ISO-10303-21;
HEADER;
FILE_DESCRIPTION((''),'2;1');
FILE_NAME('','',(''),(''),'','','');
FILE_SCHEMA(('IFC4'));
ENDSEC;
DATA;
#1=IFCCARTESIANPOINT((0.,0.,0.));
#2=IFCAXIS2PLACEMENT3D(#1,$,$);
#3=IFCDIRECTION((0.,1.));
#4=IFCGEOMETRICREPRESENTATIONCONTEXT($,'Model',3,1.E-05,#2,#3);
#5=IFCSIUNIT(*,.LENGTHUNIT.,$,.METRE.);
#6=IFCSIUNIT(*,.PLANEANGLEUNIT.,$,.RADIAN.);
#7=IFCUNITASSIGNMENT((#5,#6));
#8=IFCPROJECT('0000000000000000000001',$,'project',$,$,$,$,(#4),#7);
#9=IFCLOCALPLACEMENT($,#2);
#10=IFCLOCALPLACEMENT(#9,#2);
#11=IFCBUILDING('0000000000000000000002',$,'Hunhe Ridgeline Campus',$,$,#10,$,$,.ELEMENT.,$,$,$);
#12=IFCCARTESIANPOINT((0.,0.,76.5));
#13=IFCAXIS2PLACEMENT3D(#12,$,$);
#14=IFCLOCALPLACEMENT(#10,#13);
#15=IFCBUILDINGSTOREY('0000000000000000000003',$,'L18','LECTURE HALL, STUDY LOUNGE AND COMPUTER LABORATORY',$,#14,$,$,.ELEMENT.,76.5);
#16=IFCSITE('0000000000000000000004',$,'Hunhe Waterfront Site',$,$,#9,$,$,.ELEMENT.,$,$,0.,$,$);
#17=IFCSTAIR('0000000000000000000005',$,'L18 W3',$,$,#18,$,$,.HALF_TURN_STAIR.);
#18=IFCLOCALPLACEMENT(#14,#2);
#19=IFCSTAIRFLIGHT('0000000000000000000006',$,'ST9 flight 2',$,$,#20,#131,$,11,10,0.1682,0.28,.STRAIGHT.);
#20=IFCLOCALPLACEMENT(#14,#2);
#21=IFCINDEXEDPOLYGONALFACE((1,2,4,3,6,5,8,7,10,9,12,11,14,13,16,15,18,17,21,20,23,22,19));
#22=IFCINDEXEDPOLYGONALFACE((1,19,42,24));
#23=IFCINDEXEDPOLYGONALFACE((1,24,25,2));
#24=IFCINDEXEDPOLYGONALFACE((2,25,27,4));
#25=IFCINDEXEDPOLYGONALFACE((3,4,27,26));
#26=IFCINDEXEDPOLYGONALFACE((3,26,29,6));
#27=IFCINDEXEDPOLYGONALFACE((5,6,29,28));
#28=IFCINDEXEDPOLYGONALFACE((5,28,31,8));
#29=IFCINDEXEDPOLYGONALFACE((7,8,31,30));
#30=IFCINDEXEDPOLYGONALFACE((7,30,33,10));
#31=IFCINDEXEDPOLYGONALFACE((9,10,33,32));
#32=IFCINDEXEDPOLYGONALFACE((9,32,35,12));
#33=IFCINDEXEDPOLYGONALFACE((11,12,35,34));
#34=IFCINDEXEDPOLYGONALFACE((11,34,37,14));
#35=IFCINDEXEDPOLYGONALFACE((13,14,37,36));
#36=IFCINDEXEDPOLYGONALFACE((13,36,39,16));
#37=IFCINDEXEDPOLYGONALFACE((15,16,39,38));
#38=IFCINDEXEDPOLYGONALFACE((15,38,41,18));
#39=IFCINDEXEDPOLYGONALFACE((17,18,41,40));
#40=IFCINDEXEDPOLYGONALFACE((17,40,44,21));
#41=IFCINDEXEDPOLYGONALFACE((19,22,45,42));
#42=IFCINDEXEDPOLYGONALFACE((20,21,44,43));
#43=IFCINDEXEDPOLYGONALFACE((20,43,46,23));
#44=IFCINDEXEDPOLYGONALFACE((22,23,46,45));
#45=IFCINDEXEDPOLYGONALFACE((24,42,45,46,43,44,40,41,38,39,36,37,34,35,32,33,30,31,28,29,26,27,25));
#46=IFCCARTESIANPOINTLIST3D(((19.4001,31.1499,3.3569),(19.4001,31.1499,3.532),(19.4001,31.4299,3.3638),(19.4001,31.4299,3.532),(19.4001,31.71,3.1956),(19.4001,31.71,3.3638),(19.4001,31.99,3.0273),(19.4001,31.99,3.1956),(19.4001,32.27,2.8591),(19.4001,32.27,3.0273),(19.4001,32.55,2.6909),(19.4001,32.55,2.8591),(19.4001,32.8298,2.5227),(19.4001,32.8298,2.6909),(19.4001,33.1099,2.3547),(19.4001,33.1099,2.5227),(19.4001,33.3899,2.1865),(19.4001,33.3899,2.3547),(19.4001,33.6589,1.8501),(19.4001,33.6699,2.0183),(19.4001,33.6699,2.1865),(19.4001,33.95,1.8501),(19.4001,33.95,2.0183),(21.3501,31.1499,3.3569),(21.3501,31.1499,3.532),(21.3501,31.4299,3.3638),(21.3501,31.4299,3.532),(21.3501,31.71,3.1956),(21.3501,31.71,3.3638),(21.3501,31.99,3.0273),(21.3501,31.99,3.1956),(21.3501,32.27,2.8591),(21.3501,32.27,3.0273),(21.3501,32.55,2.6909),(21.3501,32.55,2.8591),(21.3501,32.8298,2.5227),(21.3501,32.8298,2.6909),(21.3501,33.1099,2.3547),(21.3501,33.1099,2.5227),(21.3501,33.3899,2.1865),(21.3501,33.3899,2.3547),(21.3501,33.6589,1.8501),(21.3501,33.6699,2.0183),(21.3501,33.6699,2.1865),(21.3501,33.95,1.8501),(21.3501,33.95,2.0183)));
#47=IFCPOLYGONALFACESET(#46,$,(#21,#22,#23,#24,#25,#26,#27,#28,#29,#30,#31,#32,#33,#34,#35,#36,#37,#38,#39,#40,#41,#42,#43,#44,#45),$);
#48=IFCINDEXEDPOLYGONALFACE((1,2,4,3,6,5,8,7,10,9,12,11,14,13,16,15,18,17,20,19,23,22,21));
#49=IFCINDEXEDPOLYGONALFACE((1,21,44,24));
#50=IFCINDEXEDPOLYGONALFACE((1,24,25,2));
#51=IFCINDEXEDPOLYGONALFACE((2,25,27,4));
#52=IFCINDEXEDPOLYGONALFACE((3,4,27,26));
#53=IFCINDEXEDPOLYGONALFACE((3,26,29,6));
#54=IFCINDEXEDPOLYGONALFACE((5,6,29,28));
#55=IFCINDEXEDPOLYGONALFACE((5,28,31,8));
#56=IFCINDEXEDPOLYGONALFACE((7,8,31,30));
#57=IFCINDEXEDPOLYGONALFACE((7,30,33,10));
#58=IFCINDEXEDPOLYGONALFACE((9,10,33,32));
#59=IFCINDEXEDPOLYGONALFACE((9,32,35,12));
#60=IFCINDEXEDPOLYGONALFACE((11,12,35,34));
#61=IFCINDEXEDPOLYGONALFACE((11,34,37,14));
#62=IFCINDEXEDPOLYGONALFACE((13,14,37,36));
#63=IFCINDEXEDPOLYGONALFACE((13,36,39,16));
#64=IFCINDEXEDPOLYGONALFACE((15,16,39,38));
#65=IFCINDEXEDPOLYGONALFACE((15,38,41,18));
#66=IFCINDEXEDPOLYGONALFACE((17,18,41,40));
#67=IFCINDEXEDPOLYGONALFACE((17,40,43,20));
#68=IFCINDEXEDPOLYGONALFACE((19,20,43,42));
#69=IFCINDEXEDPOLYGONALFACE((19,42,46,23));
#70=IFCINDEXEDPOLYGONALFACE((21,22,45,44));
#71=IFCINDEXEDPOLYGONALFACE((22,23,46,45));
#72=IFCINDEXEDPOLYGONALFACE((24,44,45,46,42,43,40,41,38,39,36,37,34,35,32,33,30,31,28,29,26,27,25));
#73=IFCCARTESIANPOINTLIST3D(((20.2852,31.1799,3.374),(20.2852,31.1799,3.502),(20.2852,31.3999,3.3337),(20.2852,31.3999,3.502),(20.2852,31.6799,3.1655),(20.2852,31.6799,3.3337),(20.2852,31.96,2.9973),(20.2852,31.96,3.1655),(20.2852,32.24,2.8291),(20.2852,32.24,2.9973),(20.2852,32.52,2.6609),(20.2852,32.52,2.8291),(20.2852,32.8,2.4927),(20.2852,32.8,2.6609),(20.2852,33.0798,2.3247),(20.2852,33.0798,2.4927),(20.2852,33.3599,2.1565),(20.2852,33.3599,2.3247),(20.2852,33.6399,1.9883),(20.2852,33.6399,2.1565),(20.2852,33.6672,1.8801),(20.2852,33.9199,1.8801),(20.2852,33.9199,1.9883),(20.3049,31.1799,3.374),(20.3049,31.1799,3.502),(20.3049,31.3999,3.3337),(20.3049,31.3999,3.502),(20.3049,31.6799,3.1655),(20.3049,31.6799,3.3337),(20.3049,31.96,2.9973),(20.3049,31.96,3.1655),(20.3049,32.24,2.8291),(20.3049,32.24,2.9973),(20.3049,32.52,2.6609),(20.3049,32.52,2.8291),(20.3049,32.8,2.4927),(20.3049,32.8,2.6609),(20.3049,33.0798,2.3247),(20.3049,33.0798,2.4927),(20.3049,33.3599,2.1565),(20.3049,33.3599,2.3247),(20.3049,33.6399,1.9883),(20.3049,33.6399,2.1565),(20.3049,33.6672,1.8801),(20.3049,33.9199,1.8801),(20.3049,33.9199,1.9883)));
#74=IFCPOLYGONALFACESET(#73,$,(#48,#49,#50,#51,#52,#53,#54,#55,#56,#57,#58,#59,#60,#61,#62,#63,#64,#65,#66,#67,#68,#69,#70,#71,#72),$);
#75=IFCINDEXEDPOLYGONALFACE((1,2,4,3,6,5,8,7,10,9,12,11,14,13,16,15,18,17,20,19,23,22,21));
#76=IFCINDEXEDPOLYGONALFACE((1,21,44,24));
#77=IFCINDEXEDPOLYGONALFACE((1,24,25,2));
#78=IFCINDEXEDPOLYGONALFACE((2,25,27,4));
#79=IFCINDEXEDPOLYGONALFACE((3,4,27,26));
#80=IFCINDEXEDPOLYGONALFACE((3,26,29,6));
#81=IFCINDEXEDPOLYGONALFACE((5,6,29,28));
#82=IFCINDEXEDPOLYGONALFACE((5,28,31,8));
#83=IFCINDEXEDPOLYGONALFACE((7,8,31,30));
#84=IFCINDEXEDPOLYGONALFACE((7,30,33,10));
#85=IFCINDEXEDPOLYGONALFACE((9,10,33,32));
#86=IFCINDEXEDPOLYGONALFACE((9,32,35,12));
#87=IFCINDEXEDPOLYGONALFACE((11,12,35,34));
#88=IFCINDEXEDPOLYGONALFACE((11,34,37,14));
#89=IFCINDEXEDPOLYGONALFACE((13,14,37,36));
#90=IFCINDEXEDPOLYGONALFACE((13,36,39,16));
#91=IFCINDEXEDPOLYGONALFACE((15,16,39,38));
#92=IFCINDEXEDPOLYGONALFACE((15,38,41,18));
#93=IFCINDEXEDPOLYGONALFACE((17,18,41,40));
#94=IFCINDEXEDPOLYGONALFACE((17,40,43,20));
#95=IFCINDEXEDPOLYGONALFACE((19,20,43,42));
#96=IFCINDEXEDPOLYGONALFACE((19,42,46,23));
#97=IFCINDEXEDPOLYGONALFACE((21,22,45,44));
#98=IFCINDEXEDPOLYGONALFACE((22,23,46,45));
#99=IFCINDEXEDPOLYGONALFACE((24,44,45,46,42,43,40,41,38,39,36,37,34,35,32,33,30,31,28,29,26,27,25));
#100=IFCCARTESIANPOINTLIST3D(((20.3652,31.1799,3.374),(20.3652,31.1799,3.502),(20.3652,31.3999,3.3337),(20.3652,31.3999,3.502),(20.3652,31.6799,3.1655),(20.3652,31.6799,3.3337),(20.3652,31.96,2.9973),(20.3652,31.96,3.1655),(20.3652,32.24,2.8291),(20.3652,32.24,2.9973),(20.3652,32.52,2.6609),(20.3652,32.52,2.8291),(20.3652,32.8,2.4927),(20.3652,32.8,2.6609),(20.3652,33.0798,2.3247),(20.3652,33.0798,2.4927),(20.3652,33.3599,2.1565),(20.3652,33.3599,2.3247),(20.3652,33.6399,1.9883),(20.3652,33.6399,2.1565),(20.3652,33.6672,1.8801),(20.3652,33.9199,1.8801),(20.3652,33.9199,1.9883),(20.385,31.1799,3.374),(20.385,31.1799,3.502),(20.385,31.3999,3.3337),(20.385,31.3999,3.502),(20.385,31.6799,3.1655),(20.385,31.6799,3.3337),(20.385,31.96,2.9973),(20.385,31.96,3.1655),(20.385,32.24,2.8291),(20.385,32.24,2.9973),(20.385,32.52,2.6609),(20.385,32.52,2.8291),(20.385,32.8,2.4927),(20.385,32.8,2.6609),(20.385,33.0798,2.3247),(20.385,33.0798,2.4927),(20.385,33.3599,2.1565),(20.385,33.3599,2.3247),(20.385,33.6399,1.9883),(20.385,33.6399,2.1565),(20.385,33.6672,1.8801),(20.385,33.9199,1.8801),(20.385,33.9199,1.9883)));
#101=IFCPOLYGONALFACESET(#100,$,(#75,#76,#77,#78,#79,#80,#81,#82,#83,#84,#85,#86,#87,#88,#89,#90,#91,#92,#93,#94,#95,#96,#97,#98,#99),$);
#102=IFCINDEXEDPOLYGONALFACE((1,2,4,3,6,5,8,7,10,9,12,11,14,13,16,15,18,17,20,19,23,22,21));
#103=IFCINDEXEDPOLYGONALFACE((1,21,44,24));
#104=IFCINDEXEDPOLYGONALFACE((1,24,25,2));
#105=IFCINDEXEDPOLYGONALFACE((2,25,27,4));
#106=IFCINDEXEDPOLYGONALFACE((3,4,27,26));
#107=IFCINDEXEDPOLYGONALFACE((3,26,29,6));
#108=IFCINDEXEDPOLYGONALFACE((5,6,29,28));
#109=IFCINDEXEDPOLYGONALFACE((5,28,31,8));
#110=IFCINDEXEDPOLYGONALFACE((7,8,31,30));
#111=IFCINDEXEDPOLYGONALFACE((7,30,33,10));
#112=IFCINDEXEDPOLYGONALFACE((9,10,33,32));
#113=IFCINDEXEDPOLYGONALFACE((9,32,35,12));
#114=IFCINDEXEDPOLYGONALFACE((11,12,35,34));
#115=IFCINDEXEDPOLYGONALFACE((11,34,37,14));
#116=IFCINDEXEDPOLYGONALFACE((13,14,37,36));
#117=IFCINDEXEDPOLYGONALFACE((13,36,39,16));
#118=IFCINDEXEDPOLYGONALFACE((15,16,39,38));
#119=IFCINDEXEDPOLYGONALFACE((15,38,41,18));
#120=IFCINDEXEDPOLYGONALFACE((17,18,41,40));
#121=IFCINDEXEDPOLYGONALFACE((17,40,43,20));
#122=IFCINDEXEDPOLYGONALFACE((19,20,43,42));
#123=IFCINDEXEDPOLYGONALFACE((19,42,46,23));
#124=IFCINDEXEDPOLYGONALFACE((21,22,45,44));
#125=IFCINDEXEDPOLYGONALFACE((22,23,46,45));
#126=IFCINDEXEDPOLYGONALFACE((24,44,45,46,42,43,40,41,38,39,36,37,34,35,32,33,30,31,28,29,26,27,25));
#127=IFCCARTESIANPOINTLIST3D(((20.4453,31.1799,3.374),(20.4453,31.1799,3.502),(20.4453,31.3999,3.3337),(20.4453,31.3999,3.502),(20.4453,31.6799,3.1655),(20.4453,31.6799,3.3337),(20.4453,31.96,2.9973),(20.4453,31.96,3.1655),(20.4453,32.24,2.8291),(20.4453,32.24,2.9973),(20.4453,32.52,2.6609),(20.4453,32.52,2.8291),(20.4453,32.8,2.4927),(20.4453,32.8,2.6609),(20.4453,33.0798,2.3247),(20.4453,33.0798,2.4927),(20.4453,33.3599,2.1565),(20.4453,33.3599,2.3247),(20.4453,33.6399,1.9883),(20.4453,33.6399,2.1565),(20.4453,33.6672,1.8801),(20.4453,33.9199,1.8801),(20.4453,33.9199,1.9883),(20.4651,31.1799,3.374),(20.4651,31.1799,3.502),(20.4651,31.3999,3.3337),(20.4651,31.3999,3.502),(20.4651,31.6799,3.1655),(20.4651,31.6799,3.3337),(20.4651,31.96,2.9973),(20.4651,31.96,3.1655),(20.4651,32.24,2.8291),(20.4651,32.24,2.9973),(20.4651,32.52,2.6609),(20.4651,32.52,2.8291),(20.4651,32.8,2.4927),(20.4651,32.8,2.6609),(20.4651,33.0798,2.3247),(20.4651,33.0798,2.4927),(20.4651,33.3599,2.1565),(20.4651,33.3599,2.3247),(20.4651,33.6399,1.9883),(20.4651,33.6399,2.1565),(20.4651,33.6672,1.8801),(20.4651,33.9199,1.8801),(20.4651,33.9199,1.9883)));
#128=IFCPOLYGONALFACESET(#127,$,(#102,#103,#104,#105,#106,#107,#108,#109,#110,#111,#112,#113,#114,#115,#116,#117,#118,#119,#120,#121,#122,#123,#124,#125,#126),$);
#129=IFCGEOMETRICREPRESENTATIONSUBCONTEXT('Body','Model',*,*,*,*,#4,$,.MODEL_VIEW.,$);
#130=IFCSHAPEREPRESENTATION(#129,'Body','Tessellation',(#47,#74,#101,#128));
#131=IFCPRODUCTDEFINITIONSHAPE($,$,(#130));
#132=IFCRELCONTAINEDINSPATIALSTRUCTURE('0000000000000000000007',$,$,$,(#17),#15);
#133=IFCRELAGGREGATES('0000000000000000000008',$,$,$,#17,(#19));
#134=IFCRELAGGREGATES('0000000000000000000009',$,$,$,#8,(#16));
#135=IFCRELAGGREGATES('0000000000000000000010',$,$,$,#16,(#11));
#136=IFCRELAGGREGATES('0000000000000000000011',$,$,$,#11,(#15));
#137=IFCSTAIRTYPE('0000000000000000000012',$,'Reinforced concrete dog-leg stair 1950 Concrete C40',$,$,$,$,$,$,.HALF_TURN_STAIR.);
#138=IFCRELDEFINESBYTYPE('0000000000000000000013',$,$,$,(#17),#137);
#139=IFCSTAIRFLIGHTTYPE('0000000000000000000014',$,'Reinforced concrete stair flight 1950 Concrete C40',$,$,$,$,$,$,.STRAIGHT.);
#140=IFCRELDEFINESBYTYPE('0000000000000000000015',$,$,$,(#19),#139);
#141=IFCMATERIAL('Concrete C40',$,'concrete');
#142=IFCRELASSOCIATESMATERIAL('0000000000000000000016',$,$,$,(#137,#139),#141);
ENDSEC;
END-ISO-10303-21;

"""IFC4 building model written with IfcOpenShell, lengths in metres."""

from ifc_helpers import new_model, si_unit, direction, frame, origin, place, context, subcontext, project, spatial, polyline, outline, extrude, material, type_object, element, aggregate, save


model = new_model("IFC4")

# Units and contexts
model_context = context("Model", 3, precision=1e-05, world=origin(), true_north=direction((0.0, 1.0)))
body_context = subcontext(model_context, "Body", "Model", "MODEL_VIEW")
ifc_project = project(units=[si_unit("LENGTHUNIT", "METRE"), si_unit("PLANEANGLEUNIT", "RADIAN")], contexts=[model_context])

# Site, building, storey
site_placement = place(None, origin())
site = spatial("IfcSite", under=ifc_project, at=site_placement, Name="Hunhe Waterfront Site", CompositionType="ELEMENT", RefElevation=0.0)
building_placement = place(site_placement, origin())
building = spatial("IfcBuilding", under=site, at=building_placement, Name="Hunhe Ridgeline Campus", CompositionType="ELEMENT")
storey_placement = place(building_placement, frame((0.0, 0.0, 76.5)))
storey = spatial("IfcBuildingStorey", under=building, at=storey_placement, Name="L18", Description="LECTURE HALL, STUDY LOUNGE AND COMPUTER LABORATORY", CompositionType="ELEMENT", Elevation=76.5)

# Stair, stair flight
ifc_material_1 = material(Name="Concrete C40", Category="concrete")
stair_type = type_object("IfcStairType", Name="Reinforced concrete dog-leg stair 1950 Concrete C40", PredefinedType="HALF_TURN_STAIR", material=ifc_material_1)
stair_placement = place(storey_placement, origin())
stair = element("IfcStair", 1, at=stair_placement, inside=storey, type_object=stair_type, Name="L18 W3", PredefinedType="HALF_TURN_STAIR")
stair_flight_type = type_object("IfcStairFlightType", Name="Reinforced concrete stair flight 1950 Concrete C40", PredefinedType="STRAIGHT", material=ifc_material_1)
stair_flight_placement = place(storey_placement, frame((20.375, 33.95, 1.8501), z_axis=(0.0, 0.0, 1.0), x_axis=(0.0, -1.0, 0.0)))
stair_flight = element("IfcStairFlight", 2, at=stair_flight_placement, type_object=stair_flight_type, Name="ST9 flight 2", NumberOfRisers=11, NumberOfTreads=10, PredefinedType="STRAIGHT", RiserHeight=0.1682, TreadLength=0.28, context=body_context, shape_type="SweptSolid", body=[
    extrude(outline(polyline([(0.0, 0.0), (0.0, 0.1682), (0.28, 0.1682), (0.28, 0.3364), (0.5601, 0.3364), (0.5601, 0.5046), (0.8401, 0.5046), (0.8401, 0.6726), (1.1201, 0.6726), (1.1201, 0.8408), (1.3999, 0.8408), (1.3999, 1.009), (1.6799, 1.009), (1.6799, 1.1772), (1.96, 1.1772), (1.96, 1.3455), (2.24, 1.3455), (2.24, 1.5137), (2.52, 1.5137), (2.52, 1.6819), (2.8, 1.6819), (2.8, 1.8501), (2.8, 1.5068), (0.291, 0.0), (0.0, 0.0)])), frame((0.0, 0.9751, 0.0), z_axis=(0.0, -1.0, 0.0), x_axis=(1.0, 0.0, 0.0)), (0.0, 0.0, 1.0), 1.95),
    extrude(outline(polyline([(0.03, 0.03), (0.03, 0.1382), (0.3101, 0.1382), (0.3101, 0.3064), (0.5901, 0.3064), (0.5901, 0.4746), (0.8701, 0.4746), (0.8701, 0.6426), (1.1499, 0.6426), (1.1499, 0.8108), (1.4299, 0.8108), (1.4299, 0.979), (1.71, 0.979), (1.71, 1.1472), (1.99, 1.1472), (1.99, 1.3154), (2.27, 1.3154), (2.27, 1.4836), (2.55, 1.4836), (2.55, 1.6519), (2.77, 1.6519), (2.77, 1.5239), (0.2827, 0.03), (0.03, 0.03)])), frame((0.0, -0.0701, 0.0), z_axis=(0.0, -1.0, 0.0), x_axis=(1.0, 0.0, 0.0)), (0.0, 0.0, 1.0), 0.0198),
    extrude(outline(polyline([(0.03, 0.03), (0.03, 0.1382), (0.3101, 0.1382), (0.3101, 0.3064), (0.5901, 0.3064), (0.5901, 0.4746), (0.8701, 0.4746), (0.8701, 0.6426), (1.1499, 0.6426), (1.1499, 0.8108), (1.4299, 0.8108), (1.4299, 0.979), (1.71, 0.979), (1.71, 1.1472), (1.99, 1.1472), (1.99, 1.3154), (2.27, 1.3154), (2.27, 1.4836), (2.55, 1.4836), (2.55, 1.6519), (2.77, 1.6519), (2.77, 1.5239), (0.2827, 0.03), (0.03, 0.03)])), frame((0.0, 0.01, 0.0), z_axis=(0.0, -1.0, 0.0), x_axis=(1.0, 0.0, 0.0)), (0.0, 0.0, 1.0), 0.0198),
    extrude(outline(polyline([(0.03, 0.03), (0.03, 0.1382), (0.3101, 0.1382), (0.3101, 0.3064), (0.5901, 0.3064), (0.5901, 0.4746), (0.8701, 0.4746), (0.8701, 0.6426), (1.1499, 0.6426), (1.1499, 0.8108), (1.4299, 0.8108), (1.4299, 0.979), (1.71, 0.979), (1.71, 1.1472), (1.99, 1.1472), (1.99, 1.3154), (2.27, 1.3154), (2.27, 1.4836), (2.55, 1.4836), (2.55, 1.6519), (2.77, 1.6519), (2.77, 1.5239), (0.2827, 0.03), (0.03, 0.03)])), frame((0.0, 0.0901, 0.0), z_axis=(0.0, -1.0, 0.0), x_axis=(1.0, 0.0, 0.0)), (0.0, 0.0, 1.0), 0.0198),
])
aggregate(stair, [stair_flight])

save(model, "model.ifc")
